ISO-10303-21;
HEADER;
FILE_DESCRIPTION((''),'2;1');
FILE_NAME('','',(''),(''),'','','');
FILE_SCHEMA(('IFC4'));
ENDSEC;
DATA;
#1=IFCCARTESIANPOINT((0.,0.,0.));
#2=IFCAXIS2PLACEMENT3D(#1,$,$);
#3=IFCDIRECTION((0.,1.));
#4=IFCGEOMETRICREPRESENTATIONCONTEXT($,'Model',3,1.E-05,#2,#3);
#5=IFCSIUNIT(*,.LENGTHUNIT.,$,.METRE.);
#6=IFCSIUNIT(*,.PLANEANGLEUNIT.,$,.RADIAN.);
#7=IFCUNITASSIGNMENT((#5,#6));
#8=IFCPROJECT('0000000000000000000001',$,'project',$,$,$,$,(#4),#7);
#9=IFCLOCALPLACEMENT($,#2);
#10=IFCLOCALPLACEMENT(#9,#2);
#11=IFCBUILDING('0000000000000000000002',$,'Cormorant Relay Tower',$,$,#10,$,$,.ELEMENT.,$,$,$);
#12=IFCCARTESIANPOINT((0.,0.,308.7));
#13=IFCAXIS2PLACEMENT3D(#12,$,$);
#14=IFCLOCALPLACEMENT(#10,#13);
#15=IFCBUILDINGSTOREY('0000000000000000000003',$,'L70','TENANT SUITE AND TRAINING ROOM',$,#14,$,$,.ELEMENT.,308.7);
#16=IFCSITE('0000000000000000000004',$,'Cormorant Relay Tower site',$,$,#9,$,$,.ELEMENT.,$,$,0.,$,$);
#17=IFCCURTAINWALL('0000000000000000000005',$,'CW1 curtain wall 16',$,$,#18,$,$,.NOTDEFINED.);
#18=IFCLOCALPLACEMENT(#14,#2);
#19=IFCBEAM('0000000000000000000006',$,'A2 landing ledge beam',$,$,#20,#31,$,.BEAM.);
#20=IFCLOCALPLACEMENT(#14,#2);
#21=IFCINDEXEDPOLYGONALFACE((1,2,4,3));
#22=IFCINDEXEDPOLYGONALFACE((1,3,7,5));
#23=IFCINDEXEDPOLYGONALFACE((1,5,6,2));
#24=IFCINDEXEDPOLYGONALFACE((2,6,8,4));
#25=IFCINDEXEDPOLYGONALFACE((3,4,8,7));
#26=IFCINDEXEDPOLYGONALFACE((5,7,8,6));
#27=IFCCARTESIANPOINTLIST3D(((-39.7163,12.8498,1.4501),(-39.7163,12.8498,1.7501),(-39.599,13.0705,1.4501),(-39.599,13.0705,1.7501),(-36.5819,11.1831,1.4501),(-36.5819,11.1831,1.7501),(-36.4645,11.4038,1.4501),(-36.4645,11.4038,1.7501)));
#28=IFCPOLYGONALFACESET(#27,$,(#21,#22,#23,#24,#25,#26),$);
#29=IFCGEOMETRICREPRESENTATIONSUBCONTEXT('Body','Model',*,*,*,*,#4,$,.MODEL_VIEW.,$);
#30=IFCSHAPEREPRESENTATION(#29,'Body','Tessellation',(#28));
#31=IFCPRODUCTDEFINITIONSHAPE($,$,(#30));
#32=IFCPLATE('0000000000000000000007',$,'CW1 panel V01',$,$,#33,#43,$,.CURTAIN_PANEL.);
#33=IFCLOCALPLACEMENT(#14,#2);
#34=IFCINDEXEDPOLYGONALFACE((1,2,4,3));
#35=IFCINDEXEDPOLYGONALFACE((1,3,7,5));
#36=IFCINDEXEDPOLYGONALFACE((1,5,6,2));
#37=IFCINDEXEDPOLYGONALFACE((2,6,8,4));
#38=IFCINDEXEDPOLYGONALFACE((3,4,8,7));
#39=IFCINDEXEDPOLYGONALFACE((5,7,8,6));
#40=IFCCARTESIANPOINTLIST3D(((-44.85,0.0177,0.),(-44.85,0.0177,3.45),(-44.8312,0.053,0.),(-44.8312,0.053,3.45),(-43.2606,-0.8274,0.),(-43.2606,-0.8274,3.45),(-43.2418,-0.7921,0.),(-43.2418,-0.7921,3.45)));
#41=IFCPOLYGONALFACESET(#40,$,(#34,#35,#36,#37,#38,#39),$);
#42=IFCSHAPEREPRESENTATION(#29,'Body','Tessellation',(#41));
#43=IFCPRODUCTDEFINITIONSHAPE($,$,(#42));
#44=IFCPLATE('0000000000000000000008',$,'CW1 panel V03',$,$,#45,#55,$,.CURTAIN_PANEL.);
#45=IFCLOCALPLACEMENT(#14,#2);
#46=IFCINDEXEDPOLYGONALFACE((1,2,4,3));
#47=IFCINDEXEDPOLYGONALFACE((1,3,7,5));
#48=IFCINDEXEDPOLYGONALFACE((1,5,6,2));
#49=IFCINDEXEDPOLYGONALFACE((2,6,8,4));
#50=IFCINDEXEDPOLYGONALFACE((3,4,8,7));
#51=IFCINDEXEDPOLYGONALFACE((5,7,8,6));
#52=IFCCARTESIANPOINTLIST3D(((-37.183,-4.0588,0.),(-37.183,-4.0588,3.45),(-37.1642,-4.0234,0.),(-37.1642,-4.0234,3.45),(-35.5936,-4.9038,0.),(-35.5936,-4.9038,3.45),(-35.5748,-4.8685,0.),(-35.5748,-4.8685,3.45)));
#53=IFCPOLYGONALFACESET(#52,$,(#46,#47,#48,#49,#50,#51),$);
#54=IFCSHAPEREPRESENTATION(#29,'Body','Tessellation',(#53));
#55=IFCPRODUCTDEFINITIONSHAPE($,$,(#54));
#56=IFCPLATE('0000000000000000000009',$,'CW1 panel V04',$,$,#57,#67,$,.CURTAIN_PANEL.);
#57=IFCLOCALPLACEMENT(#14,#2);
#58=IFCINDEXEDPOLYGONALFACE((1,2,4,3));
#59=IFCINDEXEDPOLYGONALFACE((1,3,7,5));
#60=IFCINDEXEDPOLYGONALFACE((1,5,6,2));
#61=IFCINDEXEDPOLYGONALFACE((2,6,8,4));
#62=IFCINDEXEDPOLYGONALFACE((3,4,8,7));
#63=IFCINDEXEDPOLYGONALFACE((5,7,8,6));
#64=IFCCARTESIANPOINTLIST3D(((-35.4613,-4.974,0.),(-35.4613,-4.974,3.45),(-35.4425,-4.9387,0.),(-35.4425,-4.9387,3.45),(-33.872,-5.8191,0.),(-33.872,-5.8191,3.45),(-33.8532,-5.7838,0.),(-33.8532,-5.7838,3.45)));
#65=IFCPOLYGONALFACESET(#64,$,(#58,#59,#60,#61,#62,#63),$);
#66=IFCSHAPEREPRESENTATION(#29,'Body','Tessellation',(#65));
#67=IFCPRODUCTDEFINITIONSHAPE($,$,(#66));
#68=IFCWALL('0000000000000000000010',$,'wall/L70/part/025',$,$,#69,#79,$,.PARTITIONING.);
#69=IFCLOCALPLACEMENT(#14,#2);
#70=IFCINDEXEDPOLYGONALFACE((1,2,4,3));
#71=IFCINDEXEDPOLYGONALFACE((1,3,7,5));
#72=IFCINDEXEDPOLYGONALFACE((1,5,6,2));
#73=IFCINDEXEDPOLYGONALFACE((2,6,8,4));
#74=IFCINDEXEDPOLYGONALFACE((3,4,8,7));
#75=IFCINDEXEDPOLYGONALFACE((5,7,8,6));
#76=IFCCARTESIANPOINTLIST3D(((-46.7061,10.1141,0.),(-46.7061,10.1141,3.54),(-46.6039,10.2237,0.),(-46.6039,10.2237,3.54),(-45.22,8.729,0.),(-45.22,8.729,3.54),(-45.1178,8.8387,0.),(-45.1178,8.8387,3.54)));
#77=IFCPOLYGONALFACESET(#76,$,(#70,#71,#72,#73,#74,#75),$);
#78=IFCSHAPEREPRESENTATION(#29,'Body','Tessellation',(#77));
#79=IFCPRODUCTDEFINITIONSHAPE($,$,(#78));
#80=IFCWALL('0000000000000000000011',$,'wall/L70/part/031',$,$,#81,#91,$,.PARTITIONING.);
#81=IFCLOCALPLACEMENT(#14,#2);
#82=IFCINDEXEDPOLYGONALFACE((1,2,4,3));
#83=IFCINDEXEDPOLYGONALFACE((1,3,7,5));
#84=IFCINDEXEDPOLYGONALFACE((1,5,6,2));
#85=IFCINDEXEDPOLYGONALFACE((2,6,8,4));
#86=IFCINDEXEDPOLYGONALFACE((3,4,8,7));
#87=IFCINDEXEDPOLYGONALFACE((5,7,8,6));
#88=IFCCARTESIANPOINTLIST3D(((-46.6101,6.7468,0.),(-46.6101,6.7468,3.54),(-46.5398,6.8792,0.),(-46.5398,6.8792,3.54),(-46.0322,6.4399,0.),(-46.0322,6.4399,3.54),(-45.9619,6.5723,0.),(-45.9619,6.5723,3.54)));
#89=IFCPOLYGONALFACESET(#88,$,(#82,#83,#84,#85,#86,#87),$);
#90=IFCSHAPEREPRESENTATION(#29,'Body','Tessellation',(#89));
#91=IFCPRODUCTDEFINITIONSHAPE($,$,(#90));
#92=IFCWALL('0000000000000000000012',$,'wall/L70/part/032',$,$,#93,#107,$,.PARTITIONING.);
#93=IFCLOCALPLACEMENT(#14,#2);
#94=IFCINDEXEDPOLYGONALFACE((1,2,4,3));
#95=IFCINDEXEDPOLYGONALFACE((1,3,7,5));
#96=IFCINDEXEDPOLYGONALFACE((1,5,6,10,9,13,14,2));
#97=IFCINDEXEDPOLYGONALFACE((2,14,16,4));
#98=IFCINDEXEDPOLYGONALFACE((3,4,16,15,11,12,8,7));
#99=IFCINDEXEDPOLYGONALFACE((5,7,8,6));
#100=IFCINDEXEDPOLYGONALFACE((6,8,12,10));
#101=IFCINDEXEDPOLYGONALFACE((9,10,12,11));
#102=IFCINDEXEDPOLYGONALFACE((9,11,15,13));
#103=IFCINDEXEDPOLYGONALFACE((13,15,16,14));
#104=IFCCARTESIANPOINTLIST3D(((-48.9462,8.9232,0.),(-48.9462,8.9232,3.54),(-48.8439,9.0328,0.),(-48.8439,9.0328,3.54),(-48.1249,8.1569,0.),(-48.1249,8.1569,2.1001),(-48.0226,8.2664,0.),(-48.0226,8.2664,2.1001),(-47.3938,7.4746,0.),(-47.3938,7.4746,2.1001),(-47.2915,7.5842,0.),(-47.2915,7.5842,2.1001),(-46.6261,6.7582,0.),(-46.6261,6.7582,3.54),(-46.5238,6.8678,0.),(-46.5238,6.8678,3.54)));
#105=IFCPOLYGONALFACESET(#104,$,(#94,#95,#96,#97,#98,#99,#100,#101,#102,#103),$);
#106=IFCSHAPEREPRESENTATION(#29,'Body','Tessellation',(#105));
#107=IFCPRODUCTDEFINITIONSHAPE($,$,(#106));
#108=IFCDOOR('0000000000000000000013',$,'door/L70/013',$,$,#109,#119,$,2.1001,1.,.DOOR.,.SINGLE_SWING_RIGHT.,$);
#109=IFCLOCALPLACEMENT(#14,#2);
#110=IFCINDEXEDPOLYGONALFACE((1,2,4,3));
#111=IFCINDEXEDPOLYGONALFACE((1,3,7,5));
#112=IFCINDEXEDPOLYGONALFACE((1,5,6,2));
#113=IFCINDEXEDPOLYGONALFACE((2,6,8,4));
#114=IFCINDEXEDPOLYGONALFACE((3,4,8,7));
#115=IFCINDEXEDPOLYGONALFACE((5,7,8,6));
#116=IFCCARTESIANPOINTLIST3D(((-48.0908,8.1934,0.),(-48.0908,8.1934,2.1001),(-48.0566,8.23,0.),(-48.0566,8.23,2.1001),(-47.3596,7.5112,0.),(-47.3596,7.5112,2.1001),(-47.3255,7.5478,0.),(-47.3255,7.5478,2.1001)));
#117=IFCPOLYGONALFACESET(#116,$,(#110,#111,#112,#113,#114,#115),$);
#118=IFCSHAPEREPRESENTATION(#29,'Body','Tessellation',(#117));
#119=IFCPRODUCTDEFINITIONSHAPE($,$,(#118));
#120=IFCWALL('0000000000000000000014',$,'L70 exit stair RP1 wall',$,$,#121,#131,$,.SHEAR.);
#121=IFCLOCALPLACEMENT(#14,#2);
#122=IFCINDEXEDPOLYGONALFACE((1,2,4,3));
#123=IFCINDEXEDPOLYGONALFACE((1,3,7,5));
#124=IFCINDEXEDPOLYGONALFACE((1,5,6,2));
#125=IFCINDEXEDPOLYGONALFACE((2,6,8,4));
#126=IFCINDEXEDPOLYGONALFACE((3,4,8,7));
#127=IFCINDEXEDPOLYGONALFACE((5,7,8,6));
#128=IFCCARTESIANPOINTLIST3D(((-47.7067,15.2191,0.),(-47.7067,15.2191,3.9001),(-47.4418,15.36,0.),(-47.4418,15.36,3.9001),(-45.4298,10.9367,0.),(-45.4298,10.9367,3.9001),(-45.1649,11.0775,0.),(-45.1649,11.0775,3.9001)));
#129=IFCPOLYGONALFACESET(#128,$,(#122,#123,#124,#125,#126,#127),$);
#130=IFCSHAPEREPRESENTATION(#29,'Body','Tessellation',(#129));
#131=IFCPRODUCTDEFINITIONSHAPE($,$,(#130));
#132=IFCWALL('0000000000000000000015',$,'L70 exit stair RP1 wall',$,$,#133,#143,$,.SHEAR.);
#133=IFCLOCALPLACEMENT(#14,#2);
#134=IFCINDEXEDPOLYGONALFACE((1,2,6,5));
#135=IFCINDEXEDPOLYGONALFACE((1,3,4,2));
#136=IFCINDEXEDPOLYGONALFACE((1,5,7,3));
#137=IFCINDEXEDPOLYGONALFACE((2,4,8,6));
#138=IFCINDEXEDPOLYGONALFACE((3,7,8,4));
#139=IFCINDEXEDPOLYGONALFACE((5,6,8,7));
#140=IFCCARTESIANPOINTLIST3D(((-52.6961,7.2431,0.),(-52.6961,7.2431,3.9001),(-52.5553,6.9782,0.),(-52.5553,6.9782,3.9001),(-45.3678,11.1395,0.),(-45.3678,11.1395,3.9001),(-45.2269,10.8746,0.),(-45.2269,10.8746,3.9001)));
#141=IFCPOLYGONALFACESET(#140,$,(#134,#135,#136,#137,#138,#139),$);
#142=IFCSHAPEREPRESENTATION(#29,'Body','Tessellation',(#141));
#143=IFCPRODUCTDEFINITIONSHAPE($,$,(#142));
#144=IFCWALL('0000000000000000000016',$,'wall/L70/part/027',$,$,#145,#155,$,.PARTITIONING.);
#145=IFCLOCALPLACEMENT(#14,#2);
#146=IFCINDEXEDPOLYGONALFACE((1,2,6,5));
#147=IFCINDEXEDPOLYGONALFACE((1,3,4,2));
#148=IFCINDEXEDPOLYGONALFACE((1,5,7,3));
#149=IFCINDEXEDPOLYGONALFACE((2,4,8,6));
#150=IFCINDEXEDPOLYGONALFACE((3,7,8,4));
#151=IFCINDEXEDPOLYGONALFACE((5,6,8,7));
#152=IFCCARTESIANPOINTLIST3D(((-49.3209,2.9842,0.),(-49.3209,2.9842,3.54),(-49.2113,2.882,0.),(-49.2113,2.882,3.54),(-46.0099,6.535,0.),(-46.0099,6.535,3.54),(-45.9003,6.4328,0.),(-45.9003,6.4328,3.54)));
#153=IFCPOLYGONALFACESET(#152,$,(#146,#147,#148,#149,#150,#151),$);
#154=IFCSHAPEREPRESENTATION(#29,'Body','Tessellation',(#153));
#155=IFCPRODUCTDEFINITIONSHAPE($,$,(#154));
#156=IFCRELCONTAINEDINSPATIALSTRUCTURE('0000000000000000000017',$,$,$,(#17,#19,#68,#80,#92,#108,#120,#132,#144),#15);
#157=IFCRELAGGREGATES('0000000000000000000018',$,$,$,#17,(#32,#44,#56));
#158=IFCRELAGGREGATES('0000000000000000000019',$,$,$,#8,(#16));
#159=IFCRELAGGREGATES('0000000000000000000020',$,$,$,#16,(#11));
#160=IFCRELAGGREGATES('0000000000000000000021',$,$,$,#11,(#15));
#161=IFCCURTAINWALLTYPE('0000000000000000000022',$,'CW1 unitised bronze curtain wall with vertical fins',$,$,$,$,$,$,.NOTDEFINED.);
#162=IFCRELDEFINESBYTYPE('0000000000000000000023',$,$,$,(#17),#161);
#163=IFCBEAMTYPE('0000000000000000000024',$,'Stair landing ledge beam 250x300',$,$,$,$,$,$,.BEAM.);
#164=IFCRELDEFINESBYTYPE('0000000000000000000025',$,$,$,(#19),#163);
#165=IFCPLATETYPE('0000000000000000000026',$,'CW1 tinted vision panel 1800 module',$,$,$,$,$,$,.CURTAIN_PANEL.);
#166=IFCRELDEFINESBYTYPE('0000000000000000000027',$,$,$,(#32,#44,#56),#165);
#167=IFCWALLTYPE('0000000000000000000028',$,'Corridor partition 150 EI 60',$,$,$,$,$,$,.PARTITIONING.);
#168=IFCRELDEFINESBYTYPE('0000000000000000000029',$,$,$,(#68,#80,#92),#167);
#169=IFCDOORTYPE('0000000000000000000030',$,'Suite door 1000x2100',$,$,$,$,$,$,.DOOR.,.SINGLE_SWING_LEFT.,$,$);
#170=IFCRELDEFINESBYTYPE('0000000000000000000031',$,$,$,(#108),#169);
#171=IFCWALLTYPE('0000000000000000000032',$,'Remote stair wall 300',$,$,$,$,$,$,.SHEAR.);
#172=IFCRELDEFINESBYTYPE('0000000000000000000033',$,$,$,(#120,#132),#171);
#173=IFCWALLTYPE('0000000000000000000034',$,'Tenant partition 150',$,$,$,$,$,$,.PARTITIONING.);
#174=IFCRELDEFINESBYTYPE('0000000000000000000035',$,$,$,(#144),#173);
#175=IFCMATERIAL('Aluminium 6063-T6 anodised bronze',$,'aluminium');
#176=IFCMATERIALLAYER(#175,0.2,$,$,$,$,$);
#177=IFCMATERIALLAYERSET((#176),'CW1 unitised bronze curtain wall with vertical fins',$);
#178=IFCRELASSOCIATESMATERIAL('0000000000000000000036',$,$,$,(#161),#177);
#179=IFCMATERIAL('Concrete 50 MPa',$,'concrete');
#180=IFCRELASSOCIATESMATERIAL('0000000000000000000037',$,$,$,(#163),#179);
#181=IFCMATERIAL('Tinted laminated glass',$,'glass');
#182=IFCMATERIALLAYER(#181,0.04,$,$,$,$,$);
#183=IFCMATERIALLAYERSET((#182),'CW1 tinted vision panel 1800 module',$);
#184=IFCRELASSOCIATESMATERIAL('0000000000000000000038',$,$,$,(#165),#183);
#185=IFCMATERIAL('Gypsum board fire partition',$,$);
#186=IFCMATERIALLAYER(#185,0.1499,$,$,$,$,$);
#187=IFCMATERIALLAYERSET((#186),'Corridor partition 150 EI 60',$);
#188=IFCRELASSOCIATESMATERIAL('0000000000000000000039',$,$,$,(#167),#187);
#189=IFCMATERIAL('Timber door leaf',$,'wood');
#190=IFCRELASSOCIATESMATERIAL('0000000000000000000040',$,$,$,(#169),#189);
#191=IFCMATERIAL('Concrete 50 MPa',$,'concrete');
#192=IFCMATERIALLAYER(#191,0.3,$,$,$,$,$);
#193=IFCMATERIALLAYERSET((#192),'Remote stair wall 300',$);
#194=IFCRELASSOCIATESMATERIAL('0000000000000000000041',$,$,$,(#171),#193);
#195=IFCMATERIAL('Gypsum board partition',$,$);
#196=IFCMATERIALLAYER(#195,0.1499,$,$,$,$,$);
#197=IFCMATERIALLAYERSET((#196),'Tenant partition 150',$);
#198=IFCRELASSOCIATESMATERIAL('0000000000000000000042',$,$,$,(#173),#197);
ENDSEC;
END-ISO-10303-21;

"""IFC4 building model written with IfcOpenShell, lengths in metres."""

from ifc_helpers import new_model, si_unit, direction, frame, frame_2d, origin, origin_2d, place, context, subcontext, project, spatial, rectangle, extrude, material, layer, layer_set, material_profile, profile_set, type_object, element, fill, aggregate, save


model = new_model("IFC4")

# Units and contexts
model_context = context("Model", 3, precision=1e-05, world=origin(), true_north=direction((0.0, 1.0)))
body_context = subcontext(model_context, "Body", "Model", "MODEL_VIEW")
ifc_project = project(units=[si_unit("LENGTHUNIT", "METRE"), si_unit("PLANEANGLEUNIT", "RADIAN")], contexts=[model_context])

# Site, building, storey
site_placement = place(None, origin())
site = spatial("IfcSite", under=ifc_project, at=site_placement, Name="Cormorant Relay Tower site", CompositionType="ELEMENT", RefElevation=0.0)
building_placement = place(site_placement, origin())
building = spatial("IfcBuilding", under=site, at=building_placement, Name="Cormorant Relay Tower", CompositionType="ELEMENT")
storey_placement = place(building_placement, frame((0.0, 0.0, 308.7)))
storey = spatial("IfcBuildingStorey", under=building, at=storey_placement, Name="L70", Description="TENANT SUITE AND TRAINING ROOM", CompositionType="ELEMENT", Elevation=308.7)

# Curtain wall
ifc_material_1 = material(Name="Aluminium 6063-T6 anodised bronze", Category="aluminium")
ifc_layer_1 = layer(ifc_material_1, 0.2)
ifc_layer_set_1 = layer_set([ifc_layer_1], Name="CW1 unitised bronze curtain wall with vertical fins")
curtain_wall_type = type_object("IfcCurtainWallType", Name="CW1 unitised bronze curtain wall with vertical fins", PredefinedType="NOTDEFINED", material=ifc_layer_set_1)
curtain_wall_placement = place(storey_placement, origin())
curtain_wall = element("IfcCurtainWall", 1, at=curtain_wall_placement, inside=storey, type_object=curtain_wall_type, Name="CW1 curtain wall 16", PredefinedType="NOTDEFINED")

# Beam
ifc_material_2 = material(Name="Concrete 50 MPa", Category="concrete")
ifc_material_profile_1 = material_profile(ifc_material_2, rectangle(XDim=0.25, YDim=0.3, at=origin_2d()), Name="RC 250x300")
ifc_profile_set_1 = profile_set([ifc_material_profile_1], Name="Concrete 50 MPa")
beam_type = type_object("IfcBeamType", Name="Stair landing ledge beam 250x300", PredefinedType="BEAM", material=ifc_profile_set_1)
beam_placement = place(storey_placement, frame((-36.5232, 11.2935, 1.6001), z_axis=(-0.882937, 0.469492, 0.0), x_axis=(-0.469492, -0.882937, 0.0)))
element("IfcBeam", 2, at=beam_placement, inside=storey, type_object=beam_type, Name="A2 landing ledge beam", PredefinedType="BEAM", context=body_context, shape_type="SweptSolid", body=[
    extrude(rectangle(XDim=0.25, YDim=0.3, at=origin_2d()), origin(), (0.0, 0.0, 1.0), 3.55),
])

# Plates
ifc_material_3 = material(Name="Tinted laminated glass", Category="glass")
ifc_layer_2 = layer(ifc_material_3, 0.04)
ifc_layer_set_2 = layer_set([ifc_layer_2], Name="CW1 tinted vision panel 1800 module")
plate_type = type_object("IfcPlateType", Name="CW1 tinted vision panel 1800 module", PredefinedType="CURTAIN_PANEL", material=ifc_layer_set_2)
plate_1_placement = place(storey_placement, frame((-44.0459, -0.3872, 0.0), z_axis=(0.0, 0.0, 1.0), x_axis=(0.882948, -0.469472, 0.0)))
plate_1 = element("IfcPlate", 3, at=plate_1_placement, type_object=plate_type, Name="CW1 panel V01", PredefinedType="CURTAIN_PANEL", context=body_context, shape_type="SweptSolid", body=[
    extrude(rectangle(XDim=1.8, YDim=0.04, at=origin_2d()), origin(), (0.0, 0.0, 1.0), 3.45),
])
plate_2_placement = place(storey_placement, frame((-36.3789, -4.4636, 0.0), z_axis=(0.0, 0.0, 1.0), x_axis=(0.882948, -0.469472, 0.0)))
plate_2 = element("IfcPlate", 4, at=plate_2_placement, type_object=plate_type, Name="CW1 panel V03", PredefinedType="CURTAIN_PANEL", context=body_context, shape_type="SweptSolid", body=[
    extrude(rectangle(XDim=1.8, YDim=0.04, at=origin_2d()), origin(), (0.0, 0.0, 1.0), 3.45),
])
plate_3_placement = place(storey_placement, frame((-34.6572, -5.3789, 0.0), z_axis=(0.0, 0.0, 1.0), x_axis=(0.882948, -0.469472, 0.0)))
plate_3 = element("IfcPlate", 5, at=plate_3_placement, type_object=plate_type, Name="CW1 panel V04", PredefinedType="CURTAIN_PANEL", context=body_context, shape_type="SweptSolid", body=[
    extrude(rectangle(XDim=1.8, YDim=0.04, at=origin_2d()), origin(), (0.0, 0.0, 1.0), 3.45),
])

# Walls
ifc_material_4 = material(Name="Gypsum board fire partition")
ifc_layer_3 = layer(ifc_material_4, 0.1499)
ifc_layer_set_3 = layer_set([ifc_layer_3], Name="Corridor partition 150 EI 60")
wall_type_1 = type_object("IfcWallType", Name="Corridor partition 150 EI 60", PredefinedType="PARTITIONING", material=ifc_layer_set_3)
wall_1_placement = place(storey_placement, frame((-45.1689, 8.7839, 0.0), z_axis=(0.0, 0.0, 1.0), x_axis=(-0.731547, 0.681791, 0.0)))
element("IfcWall", 6, at=wall_1_placement, inside=storey, type_object=wall_type_1, Name="wall/L70/part/025", PredefinedType="PARTITIONING", context=body_context, shape_type="SweptSolid", body=[
    extrude(rectangle(XDim=2.0315, YDim=0.1499, at=frame_2d((1.0156, 0.0))), origin(), (0.0, 0.0, 1.0), 3.54),
])
wall_2_placement = place(storey_placement, frame((-45.9971, 6.5061, 0.0), z_axis=(0.0, 0.0, 1.0), x_axis=(-0.883188, 0.469019, 0.0)))
element("IfcWall", 7, at=wall_2_placement, inside=storey, type_object=wall_type_1, Name="wall/L70/part/031", PredefinedType="PARTITIONING", context=body_context, shape_type="SweptSolid", body=[
    extrude(rectangle(XDim=0.6543, YDim=0.1499, at=frame_2d((0.3271, 0.0))), origin(), (0.0, 0.0, 1.0), 3.54),
])

# Wall, opening, door
wall_3_placement = place(storey_placement, frame((-46.575, 6.813, 0.0), z_axis=(0.0, 0.0, 1.0), x_axis=(-0.731112, 0.682258, 0.0)))
wall_3 = element("IfcWall", 8, at=wall_3_placement, inside=storey, type_object=wall_type_1, Name="wall/L70/part/032", PredefinedType="PARTITIONING", context=body_context, shape_type="SweptSolid", body=[
    extrude(rectangle(XDim=3.1733, YDim=0.1499, at=frame_2d((1.5867, 0.0))), origin(), (0.0, 0.0, 1.0), 3.54),
])
opening_placement = place(wall_3_placement, frame((1.05, 0.0, 0.0)))
opening = element("IfcOpeningElement", 9, at=opening_placement, cuts=wall_3, PredefinedType="OPENING", context=body_context, shape_type="SweptSolid", body=[
    extrude(rectangle(XDim=1.0, YDim=2.1001, at=frame_2d((0.5, 1.05))), frame((0.0, 0.085, 0.0), z_axis=(0.0, -1.0, 0.0), x_axis=(1.0, 0.0, 0.0)), (0.0, 0.0, 1.0), 0.1699),
])
ifc_material_5 = material(Name="Timber door leaf", Category="wood")
door_type = type_object("IfcDoorType", Name="Suite door 1000x2100", OperationType="SINGLE_SWING_LEFT", PredefinedType="DOOR", material=ifc_material_5)
door_placement = place(opening_placement, origin())
door = element("IfcDoor", 10, at=door_placement, inside=storey, type_object=door_type, Name="door/L70/013", OperationType="SINGLE_SWING_RIGHT", OverallHeight=2.1001, OverallWidth=1.0, PredefinedType="DOOR", context=body_context, shape_type="SweptSolid", body=[
    extrude(rectangle(XDim=1.0, YDim=2.1001, at=frame_2d((0.5, 1.05))), frame((0.0, 0.0249, 0.0), z_axis=(0.0, -1.0, 0.0), x_axis=(1.0, 0.0, 0.0)), (0.0, 0.0, 1.0), 0.05),
])
fill(opening, door)

# Walls
ifc_material_6 = material(Name="Concrete 50 MPa", Category="concrete")
ifc_layer_4 = layer(ifc_material_6, 0.3)
ifc_layer_set_4 = layer_set([ifc_layer_4], Name="Remote stair wall 300")
wall_type_2 = type_object("IfcWallType", Name="Remote stair wall 300", PredefinedType="SHEAR", material=ifc_layer_set_4)
wall_4_placement = place(storey_placement, frame((-47.5742, 15.2896, 0.0), z_axis=(0.0, 0.0, 1.0), x_axis=(0.469443, -0.882963, 0.0)))
element("IfcWall", 11, at=wall_4_placement, inside=storey, type_object=wall_type_2, Name="L70 exit stair RP1 wall", PredefinedType="SHEAR", context=body_context, shape_type="SweptSolid", body=[
    extrude(rectangle(XDim=4.8501, YDim=0.3, at=frame_2d((2.425, 0.0))), origin(), (0.0, 0.0, 1.0), 3.9001),
])
wall_5_placement = place(storey_placement, frame((-45.2974, 11.0071, 0.0), z_axis=(0.0, 0.0, 1.0), x_axis=(-0.882952, -0.469464, 0.0)))
element("IfcWall", 12, at=wall_5_placement, inside=storey, type_object=wall_type_2, Name="L70 exit stair RP1 wall", PredefinedType="SHEAR", context=body_context, shape_type="SweptSolid", body=[
    extrude(rectangle(XDim=8.2998, YDim=0.3, at=frame_2d((4.1499, 0.0))), origin(), (0.0, 0.0, 1.0), 3.9001),
])
ifc_material_7 = material(Name="Gypsum board partition")
ifc_layer_5 = layer(ifc_material_7, 0.1499)
ifc_layer_set_5 = layer_set([ifc_layer_5], Name="Tenant partition 150")
wall_type_3 = type_object("IfcWallType", Name="Tenant partition 150", PredefinedType="PARTITIONING", material=ifc_layer_set_5)
wall_6_placement = place(storey_placement, frame((-45.9551, 6.4839, 0.0), z_axis=(0.0, 0.0, 1.0), x_axis=(-0.681985, -0.731366, 0.0)))
element("IfcWall", 13, at=wall_6_placement, inside=storey, type_object=wall_type_3, Name="wall/L70/part/027", PredefinedType="PARTITIONING", context=body_context, shape_type="SweptSolid", body=[
    extrude(rectangle(XDim=4.855, YDim=0.1499, at=frame_2d((2.4275, 0.0))), origin(), (0.0, 0.0, 1.0), 3.54),
])

aggregate(curtain_wall, [plate_1, plate_2, plate_3])

save(model, "model.ifc")
